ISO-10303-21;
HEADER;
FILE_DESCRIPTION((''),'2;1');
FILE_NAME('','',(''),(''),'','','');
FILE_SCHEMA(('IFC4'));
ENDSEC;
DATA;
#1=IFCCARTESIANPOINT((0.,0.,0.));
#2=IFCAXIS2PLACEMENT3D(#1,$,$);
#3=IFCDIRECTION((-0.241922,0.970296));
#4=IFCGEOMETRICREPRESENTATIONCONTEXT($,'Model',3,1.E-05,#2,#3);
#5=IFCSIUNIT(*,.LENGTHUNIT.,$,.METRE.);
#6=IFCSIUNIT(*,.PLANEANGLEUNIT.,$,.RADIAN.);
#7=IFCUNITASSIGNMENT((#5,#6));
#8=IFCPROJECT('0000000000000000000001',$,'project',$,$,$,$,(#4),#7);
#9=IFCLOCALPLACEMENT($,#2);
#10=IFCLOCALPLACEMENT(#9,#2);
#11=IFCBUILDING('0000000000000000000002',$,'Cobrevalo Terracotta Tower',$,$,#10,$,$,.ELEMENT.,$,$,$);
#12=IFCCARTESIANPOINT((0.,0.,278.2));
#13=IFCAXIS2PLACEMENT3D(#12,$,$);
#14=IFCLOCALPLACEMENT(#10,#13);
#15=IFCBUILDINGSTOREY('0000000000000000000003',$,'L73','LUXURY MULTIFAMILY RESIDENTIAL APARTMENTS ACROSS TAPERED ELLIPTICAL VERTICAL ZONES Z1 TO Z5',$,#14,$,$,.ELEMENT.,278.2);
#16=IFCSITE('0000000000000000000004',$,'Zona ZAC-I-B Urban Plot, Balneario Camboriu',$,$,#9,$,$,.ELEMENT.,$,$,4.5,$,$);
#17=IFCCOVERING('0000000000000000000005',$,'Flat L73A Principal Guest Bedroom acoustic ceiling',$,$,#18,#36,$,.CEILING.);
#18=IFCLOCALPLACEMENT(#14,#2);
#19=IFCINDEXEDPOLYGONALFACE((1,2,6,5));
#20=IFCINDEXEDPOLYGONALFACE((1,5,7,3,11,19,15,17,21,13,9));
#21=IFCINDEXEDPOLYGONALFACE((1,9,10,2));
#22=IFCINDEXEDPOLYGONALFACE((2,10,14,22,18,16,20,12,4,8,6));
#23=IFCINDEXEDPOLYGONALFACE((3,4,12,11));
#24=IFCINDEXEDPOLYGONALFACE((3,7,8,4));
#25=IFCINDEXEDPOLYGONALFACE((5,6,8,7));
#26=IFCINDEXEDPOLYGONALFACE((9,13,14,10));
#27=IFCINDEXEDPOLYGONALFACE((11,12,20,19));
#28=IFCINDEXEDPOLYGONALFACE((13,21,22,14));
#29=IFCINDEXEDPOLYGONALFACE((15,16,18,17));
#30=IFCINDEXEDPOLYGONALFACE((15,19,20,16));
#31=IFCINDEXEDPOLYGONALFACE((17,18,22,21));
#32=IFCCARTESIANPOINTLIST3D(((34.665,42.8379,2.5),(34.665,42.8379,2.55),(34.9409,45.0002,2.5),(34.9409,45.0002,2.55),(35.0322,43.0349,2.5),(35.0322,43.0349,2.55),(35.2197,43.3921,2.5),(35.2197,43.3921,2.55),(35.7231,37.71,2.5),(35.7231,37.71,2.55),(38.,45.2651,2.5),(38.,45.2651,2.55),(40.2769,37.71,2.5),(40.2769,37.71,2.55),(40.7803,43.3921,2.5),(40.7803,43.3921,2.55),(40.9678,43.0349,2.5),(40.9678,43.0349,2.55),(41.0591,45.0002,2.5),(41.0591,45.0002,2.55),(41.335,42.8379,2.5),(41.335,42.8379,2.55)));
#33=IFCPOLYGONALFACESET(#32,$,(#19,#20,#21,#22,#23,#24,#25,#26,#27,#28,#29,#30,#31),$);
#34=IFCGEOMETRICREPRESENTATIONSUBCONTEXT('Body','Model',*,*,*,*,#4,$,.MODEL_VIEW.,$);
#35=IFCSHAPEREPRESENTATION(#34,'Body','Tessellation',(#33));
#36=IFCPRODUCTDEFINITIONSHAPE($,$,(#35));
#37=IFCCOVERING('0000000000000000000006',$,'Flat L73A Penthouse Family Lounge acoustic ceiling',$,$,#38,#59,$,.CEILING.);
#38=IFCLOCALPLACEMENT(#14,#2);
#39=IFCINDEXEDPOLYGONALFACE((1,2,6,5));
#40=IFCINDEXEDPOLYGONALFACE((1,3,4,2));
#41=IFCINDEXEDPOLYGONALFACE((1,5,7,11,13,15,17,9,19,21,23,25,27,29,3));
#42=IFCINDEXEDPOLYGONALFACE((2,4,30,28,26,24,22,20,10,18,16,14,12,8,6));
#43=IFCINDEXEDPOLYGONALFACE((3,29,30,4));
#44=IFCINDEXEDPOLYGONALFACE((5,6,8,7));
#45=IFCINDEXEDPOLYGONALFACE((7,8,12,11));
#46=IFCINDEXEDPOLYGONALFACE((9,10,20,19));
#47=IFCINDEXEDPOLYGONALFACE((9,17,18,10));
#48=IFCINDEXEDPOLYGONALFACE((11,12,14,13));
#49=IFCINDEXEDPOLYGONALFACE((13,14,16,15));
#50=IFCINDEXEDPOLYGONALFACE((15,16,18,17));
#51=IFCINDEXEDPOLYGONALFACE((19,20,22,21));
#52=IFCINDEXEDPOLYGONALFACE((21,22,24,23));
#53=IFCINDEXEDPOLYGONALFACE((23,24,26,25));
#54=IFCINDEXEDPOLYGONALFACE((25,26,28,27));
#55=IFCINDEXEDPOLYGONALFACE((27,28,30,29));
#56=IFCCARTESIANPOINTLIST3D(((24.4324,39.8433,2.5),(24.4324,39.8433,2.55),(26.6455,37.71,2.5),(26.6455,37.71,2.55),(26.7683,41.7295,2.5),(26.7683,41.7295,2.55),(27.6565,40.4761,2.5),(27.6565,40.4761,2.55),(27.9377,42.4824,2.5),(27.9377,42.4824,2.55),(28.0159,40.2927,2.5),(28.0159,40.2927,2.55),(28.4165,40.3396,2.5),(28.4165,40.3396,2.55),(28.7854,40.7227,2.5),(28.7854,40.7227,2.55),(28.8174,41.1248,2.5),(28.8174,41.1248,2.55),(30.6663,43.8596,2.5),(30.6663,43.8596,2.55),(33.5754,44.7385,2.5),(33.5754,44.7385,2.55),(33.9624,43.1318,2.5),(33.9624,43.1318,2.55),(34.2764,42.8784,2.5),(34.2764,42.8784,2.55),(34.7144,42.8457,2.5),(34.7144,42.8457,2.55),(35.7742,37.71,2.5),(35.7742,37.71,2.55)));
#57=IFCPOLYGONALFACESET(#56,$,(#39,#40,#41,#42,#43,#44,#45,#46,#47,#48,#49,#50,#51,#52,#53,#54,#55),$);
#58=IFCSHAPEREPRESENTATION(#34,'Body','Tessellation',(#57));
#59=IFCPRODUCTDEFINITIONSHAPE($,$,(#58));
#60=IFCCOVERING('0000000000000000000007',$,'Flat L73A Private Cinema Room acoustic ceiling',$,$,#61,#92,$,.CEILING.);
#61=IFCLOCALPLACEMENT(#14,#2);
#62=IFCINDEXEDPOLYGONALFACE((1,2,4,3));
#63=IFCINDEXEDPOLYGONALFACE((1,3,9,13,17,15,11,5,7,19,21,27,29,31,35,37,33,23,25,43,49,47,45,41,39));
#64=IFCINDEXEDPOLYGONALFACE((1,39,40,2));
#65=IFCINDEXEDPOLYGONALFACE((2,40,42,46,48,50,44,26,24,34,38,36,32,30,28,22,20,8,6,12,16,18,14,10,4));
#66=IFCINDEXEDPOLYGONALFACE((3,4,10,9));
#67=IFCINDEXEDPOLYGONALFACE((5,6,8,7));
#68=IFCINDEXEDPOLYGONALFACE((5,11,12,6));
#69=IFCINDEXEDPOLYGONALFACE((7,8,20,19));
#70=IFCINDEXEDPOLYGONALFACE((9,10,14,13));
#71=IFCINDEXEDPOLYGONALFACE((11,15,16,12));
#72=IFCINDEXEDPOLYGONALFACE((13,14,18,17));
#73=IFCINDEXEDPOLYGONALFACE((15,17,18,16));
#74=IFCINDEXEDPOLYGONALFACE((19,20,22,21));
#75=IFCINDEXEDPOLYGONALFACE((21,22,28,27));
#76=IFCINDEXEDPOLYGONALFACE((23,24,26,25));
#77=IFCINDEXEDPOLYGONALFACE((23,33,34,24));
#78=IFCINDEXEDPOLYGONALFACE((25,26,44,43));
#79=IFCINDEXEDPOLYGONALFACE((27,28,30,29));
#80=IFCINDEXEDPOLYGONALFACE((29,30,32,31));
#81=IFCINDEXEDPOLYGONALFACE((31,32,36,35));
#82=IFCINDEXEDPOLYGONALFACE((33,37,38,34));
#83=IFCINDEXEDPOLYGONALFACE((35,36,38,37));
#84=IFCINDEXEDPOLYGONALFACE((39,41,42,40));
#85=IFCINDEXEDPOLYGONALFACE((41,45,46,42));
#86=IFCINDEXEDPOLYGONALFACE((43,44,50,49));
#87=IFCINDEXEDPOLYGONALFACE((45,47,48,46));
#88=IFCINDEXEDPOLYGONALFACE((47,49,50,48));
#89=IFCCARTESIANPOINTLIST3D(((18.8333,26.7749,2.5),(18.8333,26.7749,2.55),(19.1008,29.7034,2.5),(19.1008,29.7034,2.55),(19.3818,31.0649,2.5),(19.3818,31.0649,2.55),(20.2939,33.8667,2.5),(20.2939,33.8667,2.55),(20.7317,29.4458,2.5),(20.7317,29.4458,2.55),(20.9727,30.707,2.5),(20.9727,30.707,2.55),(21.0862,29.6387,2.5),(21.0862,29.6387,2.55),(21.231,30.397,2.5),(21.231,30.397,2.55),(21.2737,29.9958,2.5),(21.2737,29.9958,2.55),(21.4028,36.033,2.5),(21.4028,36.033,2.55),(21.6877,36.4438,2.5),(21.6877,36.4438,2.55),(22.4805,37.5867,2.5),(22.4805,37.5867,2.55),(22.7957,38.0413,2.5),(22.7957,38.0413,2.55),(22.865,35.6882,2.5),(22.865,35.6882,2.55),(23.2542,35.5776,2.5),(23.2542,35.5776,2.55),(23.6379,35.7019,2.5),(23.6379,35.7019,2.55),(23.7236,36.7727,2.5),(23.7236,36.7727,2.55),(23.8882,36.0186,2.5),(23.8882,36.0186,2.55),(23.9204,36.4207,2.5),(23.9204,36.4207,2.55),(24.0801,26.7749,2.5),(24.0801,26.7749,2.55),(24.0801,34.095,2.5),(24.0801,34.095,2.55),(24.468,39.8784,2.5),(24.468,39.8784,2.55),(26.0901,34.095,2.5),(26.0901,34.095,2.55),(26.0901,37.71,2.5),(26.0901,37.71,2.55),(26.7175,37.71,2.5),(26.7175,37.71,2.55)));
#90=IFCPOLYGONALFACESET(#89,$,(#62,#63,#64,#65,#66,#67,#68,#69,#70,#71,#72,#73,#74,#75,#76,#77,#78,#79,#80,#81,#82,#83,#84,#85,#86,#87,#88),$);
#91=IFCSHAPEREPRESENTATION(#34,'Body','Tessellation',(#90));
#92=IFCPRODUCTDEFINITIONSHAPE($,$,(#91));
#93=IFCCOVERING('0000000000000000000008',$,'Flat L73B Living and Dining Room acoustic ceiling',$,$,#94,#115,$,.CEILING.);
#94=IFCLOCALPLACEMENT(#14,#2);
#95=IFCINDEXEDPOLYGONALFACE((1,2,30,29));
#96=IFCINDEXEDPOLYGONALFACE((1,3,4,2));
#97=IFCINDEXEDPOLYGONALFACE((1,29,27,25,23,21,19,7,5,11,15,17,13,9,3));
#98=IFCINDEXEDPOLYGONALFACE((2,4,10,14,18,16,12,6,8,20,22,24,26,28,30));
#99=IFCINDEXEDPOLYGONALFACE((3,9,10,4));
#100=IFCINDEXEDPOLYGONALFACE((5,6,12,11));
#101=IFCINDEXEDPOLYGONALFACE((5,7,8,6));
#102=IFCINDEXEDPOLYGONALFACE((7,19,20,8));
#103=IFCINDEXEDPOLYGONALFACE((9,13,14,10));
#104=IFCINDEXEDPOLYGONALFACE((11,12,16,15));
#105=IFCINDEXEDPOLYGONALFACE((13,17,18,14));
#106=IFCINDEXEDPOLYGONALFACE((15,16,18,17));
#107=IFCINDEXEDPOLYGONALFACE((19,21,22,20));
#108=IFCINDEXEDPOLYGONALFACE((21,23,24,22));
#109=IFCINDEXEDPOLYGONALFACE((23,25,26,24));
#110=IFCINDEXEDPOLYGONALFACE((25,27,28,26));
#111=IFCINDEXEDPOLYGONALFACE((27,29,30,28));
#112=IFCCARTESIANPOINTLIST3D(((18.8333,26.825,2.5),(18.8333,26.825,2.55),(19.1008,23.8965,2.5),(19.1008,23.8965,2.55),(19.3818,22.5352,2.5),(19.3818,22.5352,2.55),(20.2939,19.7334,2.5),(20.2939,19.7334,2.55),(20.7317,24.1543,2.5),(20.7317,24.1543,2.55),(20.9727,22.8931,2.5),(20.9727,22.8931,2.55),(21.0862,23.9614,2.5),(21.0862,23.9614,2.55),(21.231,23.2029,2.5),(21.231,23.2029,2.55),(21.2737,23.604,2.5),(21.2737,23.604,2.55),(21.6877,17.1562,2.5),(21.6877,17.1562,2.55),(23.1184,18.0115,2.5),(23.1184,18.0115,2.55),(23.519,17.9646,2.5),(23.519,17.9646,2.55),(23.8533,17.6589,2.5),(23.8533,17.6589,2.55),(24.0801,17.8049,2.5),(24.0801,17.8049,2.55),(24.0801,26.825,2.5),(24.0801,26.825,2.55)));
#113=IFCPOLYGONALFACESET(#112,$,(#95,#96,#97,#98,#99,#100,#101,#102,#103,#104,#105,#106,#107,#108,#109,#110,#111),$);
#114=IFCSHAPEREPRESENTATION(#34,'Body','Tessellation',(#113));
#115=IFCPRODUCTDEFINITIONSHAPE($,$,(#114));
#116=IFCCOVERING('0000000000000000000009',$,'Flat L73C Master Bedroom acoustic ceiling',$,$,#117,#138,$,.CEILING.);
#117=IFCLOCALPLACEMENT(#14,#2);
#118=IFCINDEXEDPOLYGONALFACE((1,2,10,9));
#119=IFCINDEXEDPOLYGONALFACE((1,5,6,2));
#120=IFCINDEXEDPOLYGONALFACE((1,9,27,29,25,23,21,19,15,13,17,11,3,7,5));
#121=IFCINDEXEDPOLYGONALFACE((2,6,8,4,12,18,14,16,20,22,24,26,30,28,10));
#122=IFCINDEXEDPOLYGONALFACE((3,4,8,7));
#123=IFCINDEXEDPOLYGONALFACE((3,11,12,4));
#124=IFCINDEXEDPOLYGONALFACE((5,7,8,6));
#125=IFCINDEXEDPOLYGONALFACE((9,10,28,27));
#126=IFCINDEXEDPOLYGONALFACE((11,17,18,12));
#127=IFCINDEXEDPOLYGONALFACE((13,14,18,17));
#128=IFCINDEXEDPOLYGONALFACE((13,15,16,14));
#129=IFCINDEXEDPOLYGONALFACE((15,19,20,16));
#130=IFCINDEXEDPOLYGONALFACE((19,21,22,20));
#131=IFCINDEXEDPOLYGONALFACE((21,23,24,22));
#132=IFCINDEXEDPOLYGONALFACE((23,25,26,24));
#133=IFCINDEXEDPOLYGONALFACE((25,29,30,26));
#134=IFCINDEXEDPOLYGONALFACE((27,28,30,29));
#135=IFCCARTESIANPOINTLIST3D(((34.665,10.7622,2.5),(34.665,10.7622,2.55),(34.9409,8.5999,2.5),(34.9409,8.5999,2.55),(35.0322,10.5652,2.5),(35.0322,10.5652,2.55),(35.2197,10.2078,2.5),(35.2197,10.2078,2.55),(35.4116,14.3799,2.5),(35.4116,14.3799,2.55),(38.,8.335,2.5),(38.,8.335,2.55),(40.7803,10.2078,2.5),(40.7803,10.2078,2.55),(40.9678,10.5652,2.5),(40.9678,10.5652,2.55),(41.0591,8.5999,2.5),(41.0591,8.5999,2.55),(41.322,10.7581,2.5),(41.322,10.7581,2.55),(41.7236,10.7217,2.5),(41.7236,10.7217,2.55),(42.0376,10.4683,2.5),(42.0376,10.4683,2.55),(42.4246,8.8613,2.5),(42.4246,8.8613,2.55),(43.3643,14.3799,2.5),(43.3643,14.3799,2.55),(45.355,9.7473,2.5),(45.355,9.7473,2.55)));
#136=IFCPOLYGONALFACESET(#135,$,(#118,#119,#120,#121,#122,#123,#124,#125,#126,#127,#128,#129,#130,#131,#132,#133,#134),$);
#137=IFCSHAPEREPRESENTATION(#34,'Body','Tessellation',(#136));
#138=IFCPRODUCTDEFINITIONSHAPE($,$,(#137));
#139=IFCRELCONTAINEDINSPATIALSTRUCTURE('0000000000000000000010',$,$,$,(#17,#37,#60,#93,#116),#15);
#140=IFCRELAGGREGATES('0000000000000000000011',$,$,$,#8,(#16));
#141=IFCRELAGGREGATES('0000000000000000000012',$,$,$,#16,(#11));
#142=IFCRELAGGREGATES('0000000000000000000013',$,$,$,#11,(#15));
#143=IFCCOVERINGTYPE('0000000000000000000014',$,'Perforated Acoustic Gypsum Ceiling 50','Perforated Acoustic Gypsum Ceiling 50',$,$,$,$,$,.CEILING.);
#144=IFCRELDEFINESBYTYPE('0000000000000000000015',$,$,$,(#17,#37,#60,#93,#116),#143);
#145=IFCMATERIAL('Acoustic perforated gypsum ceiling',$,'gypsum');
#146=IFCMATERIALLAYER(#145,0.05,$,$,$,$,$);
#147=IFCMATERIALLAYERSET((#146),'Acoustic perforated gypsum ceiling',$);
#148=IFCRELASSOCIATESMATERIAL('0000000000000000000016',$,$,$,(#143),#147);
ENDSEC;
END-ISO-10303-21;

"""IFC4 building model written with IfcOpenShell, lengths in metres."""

from ifc_helpers import new_model, si_unit, direction, frame, origin, place, context, subcontext, project, spatial, polyline, outline, extrude, material, layer, layer_set, type_object, element, save


model = new_model("IFC4")

# Units and contexts
model_context = context("Model", 3, precision=1e-05, world=origin(), true_north=direction((-0.241922, 0.970296)))
body_context = subcontext(model_context, "Body", "Model", "MODEL_VIEW")
ifc_project = project(units=[si_unit("LENGTHUNIT", "METRE"), si_unit("PLANEANGLEUNIT", "RADIAN")], contexts=[model_context])

# Site, building, storey
site_placement = place(None, origin())
site = spatial("IfcSite", under=ifc_project, at=site_placement, Name="Zona ZAC-I-B Urban Plot, Balneario Camboriu", CompositionType="ELEMENT", RefElevation=4.5)
building_placement = place(site_placement, origin())
building = spatial("IfcBuilding", under=site, at=building_placement, Name="Cobrevalo Terracotta Tower", CompositionType="ELEMENT")
storey_placement = place(building_placement, frame((0.0, 0.0, 278.2)))
storey = spatial("IfcBuildingStorey", under=building, at=storey_placement, Name="L73", Description="LUXURY MULTIFAMILY RESIDENTIAL APARTMENTS ACROSS TAPERED ELLIPTICAL VERTICAL ZONES Z1 TO Z5", CompositionType="ELEMENT", Elevation=278.2)

# Coverings
ifc_material_1 = material(Name="Acoustic perforated gypsum ceiling", Category="gypsum")
ifc_layer_1 = layer(ifc_material_1, 0.05)
ifc_layer_set_1 = layer_set([ifc_layer_1], Name="Acoustic perforated gypsum ceiling")
covering_type_1 = type_object("IfcCoveringType", Name="Perforated Acoustic Gypsum Ceiling 50", Description="Perforated Acoustic Gypsum Ceiling 50", PredefinedType="CEILING", material=ifc_layer_set_1)
covering_1_placement = place(storey_placement, frame((0.0, 0.0, 2.5)))
element("IfcCovering", 1, at=covering_1_placement, inside=storey, type_object=covering_type_1, Name="Flat L73A Principal Guest Bedroom acoustic ceiling", PredefinedType="CEILING", context=body_context, shape_type="SweptSolid", body=[
    extrude(outline(polyline([(34.665, 42.8379), (35.0322, 43.0349), (35.2197, 43.3921), (34.9409, 45.0002), (38.0, 45.2651), (41.0591, 45.0002), (40.7803, 43.3921), (40.9678, 43.0349), (41.335, 42.8379), (40.2769, 37.71), (35.7231, 37.71), (34.665, 42.8379)])), origin(), (0.0, 0.0, 1.0), 0.05),
])
covering_2_placement = place(storey_placement, frame((0.0, 0.0, 2.5)))
element("IfcCovering", 2, at=covering_2_placement, inside=storey, type_object=covering_type_1, Name="Flat L73A Penthouse Family Lounge acoustic ceiling", PredefinedType="CEILING", context=body_context, shape_type="SweptSolid", body=[
    extrude(outline(polyline([(24.4324, 39.8433), (26.7683, 41.7295), (27.6565, 40.4761), (28.0159, 40.2927), (28.4165, 40.3396), (28.7854, 40.7227), (28.8174, 41.1248), (27.9377, 42.4824), (30.6663, 43.8596), (33.5754, 44.7385), (33.9624, 43.1318), (34.2764, 42.8784), (34.7144, 42.8457), (35.7742, 37.71), (26.6455, 37.71), (24.4324, 39.8433)])), origin(), (0.0, 0.0, 1.0), 0.05),
])
covering_3_placement = place(storey_placement, frame((0.0, 0.0, 2.5)))
element("IfcCovering", 3, at=covering_3_placement, inside=storey, type_object=covering_type_1, Name="Flat L73A Private Cinema Room acoustic ceiling", PredefinedType="CEILING", context=body_context, shape_type="SweptSolid", body=[
    extrude(outline(polyline([(26.7175, 37.71), (26.0901, 37.71), (26.0901, 34.095), (24.0801, 34.095), (24.0801, 26.7749), (18.8333, 26.7749), (19.1008, 29.7034), (20.7317, 29.4458), (21.0862, 29.6387), (21.2737, 29.9958), (21.231, 30.397), (20.9727, 30.707), (19.3818, 31.0649), (20.2939, 33.8667), (21.4028, 36.033), (21.6877, 36.4438), (22.865, 35.6882), (23.2542, 35.5776), (23.6379, 35.7019), (23.8882, 36.0186), (23.9204, 36.4207), (23.7236, 36.7727), (22.4805, 37.5867), (22.7957, 38.0413), (24.468, 39.8784), (26.7175, 37.71)])), origin(), (0.0, 0.0, 1.0), 0.05),
])
covering_4_placement = place(storey_placement, frame((0.0, 0.0, 2.5)))
element("IfcCovering", 4, at=covering_4_placement, inside=storey, type_object=covering_type_1, Name="Flat L73B Living and Dining Room acoustic ceiling", PredefinedType="CEILING", context=body_context, shape_type="SweptSolid", body=[
    extrude(outline(polyline([(20.2939, 19.7334), (19.3818, 22.5352), (20.9727, 22.8931), (21.231, 23.2029), (21.2737, 23.604), (21.0862, 23.9614), (20.7317, 24.1543), (19.1008, 23.8965), (18.8333, 26.825), (24.0801, 26.825), (24.0801, 17.8049), (23.8533, 17.6589), (23.519, 17.9646), (23.1184, 18.0115), (21.6877, 17.1562), (20.2939, 19.7334)])), origin(), (0.0, 0.0, 1.0), 0.05),
])
covering_5_placement = place(storey_placement, frame((0.0, 0.0, 2.5)))
element("IfcCovering", 5, at=covering_5_placement, inside=storey, type_object=covering_type_1, Name="Flat L73C Master Bedroom acoustic ceiling", PredefinedType="CEILING", context=body_context, shape_type="SweptSolid", body=[
    extrude(outline(polyline([(38.0, 8.335), (34.9409, 8.5999), (35.2197, 10.2078), (35.0322, 10.5652), (34.665, 10.7622), (35.4116, 14.3799), (43.3643, 14.3799), (45.355, 9.7473), (42.4246, 8.8613), (42.0376, 10.4683), (41.7236, 10.7217), (41.322, 10.7581), (40.9678, 10.5652), (40.7803, 10.2078), (41.0591, 8.5999), (38.0, 8.335)])), origin(), (0.0, 0.0, 1.0), 0.05),
])

save(model, "model.ifc")
